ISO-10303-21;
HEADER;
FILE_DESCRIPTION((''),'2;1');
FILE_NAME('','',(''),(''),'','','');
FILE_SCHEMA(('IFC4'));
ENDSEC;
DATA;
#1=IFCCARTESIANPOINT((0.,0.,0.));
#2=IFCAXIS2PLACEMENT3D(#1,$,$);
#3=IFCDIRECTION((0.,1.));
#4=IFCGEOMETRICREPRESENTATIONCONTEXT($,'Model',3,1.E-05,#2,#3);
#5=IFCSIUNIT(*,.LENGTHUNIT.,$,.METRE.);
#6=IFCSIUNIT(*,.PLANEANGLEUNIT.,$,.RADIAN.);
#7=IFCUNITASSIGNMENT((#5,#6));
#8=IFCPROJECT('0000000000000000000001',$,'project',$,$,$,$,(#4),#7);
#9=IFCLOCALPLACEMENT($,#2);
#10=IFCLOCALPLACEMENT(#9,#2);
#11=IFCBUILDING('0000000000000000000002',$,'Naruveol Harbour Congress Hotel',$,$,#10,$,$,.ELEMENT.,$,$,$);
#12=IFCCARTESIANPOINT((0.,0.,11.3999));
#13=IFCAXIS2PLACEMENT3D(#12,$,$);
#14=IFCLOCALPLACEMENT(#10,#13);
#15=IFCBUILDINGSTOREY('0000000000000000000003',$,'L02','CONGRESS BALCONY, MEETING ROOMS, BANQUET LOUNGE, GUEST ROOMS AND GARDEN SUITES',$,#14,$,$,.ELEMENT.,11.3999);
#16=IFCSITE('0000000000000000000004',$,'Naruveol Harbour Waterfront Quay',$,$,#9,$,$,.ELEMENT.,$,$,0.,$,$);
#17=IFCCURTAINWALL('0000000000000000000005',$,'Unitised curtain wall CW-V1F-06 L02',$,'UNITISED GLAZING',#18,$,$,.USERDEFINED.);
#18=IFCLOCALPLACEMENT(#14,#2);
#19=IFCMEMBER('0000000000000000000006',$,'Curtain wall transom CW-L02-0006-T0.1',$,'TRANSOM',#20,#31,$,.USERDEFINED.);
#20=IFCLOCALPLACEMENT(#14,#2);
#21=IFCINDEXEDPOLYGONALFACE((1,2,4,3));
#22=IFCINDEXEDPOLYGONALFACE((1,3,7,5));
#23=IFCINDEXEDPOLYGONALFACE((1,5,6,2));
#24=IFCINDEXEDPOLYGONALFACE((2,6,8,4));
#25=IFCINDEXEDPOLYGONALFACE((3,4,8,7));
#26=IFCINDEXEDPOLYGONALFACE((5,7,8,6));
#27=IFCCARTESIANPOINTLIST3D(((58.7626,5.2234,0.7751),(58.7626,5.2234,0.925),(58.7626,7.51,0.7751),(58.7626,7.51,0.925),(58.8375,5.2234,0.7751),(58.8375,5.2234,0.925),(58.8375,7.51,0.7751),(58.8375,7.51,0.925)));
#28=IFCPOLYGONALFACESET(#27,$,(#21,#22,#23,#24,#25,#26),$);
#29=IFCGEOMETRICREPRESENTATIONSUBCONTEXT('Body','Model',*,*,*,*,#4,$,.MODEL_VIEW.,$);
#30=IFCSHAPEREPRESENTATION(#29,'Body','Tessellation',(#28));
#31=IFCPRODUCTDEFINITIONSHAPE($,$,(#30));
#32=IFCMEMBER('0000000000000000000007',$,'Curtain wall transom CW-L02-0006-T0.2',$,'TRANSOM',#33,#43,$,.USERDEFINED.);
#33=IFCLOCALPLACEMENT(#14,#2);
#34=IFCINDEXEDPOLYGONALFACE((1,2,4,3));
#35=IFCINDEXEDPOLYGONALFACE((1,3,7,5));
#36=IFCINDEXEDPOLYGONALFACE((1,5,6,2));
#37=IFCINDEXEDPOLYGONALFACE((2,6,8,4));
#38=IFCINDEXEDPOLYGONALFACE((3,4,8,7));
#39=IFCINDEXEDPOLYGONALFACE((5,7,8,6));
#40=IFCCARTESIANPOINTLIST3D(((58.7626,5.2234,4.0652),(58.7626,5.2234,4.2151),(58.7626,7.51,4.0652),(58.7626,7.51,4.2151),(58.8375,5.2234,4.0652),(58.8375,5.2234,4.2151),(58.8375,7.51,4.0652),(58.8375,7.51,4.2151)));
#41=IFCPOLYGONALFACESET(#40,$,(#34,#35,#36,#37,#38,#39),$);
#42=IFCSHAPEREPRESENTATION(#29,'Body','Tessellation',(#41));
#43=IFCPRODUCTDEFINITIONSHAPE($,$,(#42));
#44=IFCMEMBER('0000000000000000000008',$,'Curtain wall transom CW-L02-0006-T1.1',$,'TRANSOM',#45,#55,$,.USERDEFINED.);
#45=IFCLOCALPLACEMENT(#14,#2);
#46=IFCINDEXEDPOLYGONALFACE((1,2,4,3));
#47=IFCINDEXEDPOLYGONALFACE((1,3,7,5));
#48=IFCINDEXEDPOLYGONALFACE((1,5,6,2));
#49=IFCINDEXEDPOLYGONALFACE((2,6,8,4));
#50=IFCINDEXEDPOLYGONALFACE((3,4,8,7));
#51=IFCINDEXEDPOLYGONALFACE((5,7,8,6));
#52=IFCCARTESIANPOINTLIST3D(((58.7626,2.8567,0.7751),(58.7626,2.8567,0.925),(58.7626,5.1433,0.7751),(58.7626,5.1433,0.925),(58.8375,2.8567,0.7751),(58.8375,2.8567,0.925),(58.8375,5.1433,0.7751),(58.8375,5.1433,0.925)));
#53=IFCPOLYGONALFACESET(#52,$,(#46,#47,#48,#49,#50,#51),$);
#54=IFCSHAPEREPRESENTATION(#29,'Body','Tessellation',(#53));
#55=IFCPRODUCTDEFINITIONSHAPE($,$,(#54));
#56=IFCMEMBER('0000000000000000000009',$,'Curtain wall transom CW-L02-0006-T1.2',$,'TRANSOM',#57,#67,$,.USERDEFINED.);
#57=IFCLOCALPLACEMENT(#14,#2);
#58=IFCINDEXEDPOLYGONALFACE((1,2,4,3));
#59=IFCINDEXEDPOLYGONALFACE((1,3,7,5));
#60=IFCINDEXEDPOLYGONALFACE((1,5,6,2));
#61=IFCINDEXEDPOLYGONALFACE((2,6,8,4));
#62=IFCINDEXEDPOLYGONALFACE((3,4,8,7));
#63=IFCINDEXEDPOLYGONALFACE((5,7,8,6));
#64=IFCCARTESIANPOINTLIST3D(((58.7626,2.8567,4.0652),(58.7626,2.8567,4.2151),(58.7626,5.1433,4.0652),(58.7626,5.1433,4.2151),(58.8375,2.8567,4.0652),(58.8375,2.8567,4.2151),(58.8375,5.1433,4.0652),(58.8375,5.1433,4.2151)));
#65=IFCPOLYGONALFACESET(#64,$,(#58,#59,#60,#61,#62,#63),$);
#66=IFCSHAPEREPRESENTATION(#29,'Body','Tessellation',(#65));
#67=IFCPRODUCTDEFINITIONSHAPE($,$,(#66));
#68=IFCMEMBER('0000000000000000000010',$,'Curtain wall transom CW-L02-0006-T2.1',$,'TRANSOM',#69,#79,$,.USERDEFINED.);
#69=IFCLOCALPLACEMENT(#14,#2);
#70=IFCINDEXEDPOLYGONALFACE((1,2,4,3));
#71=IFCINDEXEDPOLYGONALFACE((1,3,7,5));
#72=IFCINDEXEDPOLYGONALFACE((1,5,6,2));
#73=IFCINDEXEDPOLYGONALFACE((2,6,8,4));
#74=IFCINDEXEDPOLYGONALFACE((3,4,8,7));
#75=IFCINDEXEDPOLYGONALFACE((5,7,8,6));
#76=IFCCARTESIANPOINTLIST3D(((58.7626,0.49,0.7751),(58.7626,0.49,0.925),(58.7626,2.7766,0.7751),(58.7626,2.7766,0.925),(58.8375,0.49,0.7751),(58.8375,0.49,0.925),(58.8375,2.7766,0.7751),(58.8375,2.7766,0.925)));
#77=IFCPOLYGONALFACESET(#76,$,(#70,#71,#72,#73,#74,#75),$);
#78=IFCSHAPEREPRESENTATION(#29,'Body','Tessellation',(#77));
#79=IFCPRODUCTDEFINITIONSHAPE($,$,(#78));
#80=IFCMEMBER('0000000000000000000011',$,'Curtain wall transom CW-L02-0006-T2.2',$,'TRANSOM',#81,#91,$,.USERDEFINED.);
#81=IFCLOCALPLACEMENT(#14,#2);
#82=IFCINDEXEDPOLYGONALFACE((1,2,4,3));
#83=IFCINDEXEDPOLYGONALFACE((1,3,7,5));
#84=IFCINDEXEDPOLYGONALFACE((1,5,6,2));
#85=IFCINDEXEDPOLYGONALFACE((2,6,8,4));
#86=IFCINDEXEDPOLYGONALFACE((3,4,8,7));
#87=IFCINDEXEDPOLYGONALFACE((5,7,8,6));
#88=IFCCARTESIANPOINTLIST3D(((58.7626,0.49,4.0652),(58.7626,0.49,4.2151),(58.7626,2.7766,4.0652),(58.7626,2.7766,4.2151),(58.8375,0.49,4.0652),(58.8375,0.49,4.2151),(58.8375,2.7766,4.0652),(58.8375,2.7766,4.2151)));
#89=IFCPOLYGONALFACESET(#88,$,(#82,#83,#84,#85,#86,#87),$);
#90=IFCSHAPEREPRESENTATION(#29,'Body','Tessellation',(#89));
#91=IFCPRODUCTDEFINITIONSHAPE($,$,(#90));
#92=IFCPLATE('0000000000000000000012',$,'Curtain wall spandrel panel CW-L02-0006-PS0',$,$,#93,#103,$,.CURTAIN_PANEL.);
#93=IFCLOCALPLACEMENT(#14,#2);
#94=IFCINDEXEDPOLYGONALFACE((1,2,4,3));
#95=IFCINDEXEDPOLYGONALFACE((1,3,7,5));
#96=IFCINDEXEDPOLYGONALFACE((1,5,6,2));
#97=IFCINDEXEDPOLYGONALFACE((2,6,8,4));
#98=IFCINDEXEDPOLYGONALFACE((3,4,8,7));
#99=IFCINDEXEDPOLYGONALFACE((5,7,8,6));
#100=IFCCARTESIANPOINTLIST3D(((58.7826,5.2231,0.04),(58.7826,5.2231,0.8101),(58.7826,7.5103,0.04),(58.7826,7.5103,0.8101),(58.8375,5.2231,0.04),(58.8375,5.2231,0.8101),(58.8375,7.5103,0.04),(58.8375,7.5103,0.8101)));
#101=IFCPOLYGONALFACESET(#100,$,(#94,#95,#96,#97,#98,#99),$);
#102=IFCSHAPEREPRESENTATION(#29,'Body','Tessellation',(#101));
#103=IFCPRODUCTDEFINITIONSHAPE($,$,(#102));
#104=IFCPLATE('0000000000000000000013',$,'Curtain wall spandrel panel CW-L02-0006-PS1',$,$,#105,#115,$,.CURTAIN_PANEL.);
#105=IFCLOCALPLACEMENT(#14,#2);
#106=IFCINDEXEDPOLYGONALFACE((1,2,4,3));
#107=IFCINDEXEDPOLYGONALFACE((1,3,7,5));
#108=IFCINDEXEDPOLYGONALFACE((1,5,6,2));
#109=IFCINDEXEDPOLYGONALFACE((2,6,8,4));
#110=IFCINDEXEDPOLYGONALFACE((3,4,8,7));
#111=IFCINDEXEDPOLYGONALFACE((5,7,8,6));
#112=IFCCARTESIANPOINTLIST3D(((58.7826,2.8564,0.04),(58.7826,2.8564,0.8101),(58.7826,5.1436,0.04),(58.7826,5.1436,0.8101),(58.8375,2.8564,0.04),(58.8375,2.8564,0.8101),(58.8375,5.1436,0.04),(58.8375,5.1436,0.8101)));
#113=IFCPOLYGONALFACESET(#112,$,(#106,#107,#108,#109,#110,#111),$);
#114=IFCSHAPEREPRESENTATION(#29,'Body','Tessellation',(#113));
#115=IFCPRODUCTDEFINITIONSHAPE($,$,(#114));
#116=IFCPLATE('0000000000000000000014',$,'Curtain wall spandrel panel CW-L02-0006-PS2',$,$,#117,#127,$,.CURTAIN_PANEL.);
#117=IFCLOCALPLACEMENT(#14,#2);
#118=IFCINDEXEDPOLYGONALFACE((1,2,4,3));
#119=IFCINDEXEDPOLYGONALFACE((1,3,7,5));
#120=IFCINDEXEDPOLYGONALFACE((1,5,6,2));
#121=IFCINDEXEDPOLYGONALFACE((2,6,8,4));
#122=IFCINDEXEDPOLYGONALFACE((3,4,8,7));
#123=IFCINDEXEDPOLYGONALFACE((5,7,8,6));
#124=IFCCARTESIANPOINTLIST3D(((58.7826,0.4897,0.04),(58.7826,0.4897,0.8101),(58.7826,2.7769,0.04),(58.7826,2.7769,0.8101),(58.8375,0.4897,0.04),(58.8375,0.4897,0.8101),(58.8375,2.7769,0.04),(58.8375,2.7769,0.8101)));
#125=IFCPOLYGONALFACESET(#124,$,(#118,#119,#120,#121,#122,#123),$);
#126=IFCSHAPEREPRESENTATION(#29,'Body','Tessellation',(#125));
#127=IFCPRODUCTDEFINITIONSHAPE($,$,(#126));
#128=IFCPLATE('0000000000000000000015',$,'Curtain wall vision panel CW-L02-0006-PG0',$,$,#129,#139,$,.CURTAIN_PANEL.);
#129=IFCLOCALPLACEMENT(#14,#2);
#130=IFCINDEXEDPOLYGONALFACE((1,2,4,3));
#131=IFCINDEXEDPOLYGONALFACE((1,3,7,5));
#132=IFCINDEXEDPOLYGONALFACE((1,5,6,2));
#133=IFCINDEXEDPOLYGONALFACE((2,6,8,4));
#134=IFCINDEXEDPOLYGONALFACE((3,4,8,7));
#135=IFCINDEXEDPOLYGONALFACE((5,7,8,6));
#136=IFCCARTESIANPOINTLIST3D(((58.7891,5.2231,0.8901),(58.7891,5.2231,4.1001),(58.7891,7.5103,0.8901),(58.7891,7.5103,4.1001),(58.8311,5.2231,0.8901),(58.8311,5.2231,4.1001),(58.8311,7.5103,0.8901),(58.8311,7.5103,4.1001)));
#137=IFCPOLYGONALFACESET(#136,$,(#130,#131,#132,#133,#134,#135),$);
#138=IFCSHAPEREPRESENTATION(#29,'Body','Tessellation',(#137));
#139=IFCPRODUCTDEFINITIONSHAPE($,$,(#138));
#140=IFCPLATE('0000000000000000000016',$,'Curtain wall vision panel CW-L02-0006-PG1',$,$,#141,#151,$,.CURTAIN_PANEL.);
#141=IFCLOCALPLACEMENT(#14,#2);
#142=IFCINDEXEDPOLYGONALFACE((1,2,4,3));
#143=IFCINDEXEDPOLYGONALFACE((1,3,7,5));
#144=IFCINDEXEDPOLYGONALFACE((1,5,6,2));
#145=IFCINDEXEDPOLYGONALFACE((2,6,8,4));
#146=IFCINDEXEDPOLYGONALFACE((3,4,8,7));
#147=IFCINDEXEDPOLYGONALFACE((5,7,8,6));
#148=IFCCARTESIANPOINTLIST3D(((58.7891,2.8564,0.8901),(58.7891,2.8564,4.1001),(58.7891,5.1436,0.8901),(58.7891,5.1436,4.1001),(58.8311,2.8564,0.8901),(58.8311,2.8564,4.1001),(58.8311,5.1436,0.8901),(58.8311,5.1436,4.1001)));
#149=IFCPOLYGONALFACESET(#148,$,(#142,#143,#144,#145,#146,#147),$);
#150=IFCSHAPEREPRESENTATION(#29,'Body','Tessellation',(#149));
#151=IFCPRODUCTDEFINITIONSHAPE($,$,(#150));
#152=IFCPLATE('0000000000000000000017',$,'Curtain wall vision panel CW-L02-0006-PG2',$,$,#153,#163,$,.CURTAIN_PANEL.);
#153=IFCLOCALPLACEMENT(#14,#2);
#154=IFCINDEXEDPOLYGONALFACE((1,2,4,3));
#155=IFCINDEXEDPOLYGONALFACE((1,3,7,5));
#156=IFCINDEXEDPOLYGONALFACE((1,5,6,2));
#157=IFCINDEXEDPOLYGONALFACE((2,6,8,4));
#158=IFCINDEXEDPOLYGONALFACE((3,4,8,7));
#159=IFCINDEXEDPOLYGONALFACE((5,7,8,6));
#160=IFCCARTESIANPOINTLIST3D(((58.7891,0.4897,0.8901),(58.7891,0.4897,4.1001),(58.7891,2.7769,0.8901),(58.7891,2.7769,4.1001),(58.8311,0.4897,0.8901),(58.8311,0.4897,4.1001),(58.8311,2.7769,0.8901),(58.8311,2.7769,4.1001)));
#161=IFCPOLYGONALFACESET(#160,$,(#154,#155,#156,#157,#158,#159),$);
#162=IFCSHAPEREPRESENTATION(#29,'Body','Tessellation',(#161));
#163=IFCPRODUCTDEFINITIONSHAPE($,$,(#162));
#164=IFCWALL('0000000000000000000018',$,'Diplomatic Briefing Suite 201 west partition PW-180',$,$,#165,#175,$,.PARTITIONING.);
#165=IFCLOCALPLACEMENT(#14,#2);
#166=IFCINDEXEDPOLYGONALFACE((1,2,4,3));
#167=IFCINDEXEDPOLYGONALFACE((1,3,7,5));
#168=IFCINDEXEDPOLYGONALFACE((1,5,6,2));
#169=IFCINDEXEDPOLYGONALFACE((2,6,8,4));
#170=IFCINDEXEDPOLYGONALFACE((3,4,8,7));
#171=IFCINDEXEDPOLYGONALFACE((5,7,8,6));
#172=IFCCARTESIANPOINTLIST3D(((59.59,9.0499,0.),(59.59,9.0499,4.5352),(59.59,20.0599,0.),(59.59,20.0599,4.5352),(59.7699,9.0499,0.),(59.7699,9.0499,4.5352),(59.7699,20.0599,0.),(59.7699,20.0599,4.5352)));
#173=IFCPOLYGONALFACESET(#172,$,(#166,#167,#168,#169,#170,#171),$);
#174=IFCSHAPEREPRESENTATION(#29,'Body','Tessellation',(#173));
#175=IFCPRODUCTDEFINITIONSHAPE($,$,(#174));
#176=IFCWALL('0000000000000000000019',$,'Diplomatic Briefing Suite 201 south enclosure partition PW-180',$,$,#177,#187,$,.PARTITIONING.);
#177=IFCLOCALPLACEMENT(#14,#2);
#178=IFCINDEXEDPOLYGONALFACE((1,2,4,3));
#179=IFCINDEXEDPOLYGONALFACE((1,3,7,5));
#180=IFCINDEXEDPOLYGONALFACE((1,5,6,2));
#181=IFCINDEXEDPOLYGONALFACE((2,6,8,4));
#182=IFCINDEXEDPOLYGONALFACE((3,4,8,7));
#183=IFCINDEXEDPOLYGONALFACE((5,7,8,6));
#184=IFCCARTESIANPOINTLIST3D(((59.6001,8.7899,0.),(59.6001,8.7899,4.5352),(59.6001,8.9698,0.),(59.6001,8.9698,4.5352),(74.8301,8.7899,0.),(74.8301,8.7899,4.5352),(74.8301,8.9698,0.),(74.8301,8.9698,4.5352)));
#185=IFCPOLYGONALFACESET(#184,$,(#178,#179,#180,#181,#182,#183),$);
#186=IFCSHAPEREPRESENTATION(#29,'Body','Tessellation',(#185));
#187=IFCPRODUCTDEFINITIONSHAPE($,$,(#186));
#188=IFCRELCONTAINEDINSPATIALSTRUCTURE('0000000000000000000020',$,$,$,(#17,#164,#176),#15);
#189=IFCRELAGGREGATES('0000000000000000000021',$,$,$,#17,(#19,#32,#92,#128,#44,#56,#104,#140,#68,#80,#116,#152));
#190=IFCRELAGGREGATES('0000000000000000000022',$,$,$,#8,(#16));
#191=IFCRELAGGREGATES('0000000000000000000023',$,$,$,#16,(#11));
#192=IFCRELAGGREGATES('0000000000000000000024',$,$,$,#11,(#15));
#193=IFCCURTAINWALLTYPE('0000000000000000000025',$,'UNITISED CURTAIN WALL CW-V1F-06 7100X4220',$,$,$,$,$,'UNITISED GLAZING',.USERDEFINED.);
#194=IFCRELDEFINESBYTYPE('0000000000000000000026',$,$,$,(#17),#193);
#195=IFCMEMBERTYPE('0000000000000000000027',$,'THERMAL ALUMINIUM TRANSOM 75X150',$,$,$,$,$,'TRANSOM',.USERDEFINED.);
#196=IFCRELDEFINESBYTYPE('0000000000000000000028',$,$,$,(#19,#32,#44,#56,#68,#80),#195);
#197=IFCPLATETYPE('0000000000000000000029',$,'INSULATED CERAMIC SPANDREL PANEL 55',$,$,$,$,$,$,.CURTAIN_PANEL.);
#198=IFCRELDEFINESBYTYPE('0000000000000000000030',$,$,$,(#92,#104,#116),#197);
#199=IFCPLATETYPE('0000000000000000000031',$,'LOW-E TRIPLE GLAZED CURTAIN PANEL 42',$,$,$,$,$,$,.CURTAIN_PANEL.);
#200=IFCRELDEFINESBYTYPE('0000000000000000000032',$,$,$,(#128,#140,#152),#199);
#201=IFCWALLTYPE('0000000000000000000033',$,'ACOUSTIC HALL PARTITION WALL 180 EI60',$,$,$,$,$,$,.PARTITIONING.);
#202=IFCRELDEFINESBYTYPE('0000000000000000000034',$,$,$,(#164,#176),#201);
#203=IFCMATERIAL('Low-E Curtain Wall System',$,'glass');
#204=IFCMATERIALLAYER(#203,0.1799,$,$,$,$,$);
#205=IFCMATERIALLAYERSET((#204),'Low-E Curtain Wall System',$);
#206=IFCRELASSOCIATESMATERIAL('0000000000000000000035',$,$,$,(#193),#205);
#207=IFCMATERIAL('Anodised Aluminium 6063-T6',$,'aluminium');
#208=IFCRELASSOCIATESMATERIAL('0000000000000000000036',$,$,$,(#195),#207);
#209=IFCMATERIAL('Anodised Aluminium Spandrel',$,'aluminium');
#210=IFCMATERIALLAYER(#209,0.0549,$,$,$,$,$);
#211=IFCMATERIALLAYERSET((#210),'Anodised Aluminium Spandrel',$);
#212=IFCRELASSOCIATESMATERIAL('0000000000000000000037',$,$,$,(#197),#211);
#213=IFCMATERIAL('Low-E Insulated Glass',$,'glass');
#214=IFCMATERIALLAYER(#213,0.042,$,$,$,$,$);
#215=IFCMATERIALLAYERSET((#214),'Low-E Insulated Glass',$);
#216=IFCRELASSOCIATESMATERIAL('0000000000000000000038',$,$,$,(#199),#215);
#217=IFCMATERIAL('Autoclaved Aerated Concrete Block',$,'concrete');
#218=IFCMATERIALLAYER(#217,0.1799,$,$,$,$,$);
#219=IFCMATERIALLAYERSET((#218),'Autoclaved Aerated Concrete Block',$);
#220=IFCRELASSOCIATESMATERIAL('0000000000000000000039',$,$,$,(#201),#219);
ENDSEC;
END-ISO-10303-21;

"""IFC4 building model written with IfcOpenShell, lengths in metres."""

from ifc_helpers import new_model, si_unit, direction, frame, frame_2d, origin, origin_2d, place, context, subcontext, project, spatial, rectangle, extrude, material, layer, layer_set, material_profile, profile_set, type_object, element, aggregate, save


model = new_model("IFC4")

# Units and contexts
model_context = context("Model", 3, precision=1e-05, world=origin(), true_north=direction((0.0, 1.0)))
body_context = subcontext(model_context, "Body", "Model", "MODEL_VIEW")
ifc_project = project(units=[si_unit("LENGTHUNIT", "METRE"), si_unit("PLANEANGLEUNIT", "RADIAN")], contexts=[model_context])

# Site, building, storey
site_placement = place(None, origin())
site = spatial("IfcSite", under=ifc_project, at=site_placement, Name="Naruveol Harbour Waterfront Quay", CompositionType="ELEMENT", RefElevation=0.0)
building_placement = place(site_placement, origin())
building = spatial("IfcBuilding", under=site, at=building_placement, Name="Naruveol Harbour Congress Hotel", CompositionType="ELEMENT")
storey_placement = place(building_placement, frame((0.0, 0.0, 11.3999)))
storey = spatial("IfcBuildingStorey", under=building, at=storey_placement, Name="L02", Description="CONGRESS BALCONY, MEETING ROOMS, BANQUET LOUNGE, GUEST ROOMS AND GARDEN SUITES", CompositionType="ELEMENT", Elevation=11.3999)

# Curtain wall, members, plates
ifc_material_1 = material(Name="Low-E Curtain Wall System", Category="glass")
ifc_layer_1 = layer(ifc_material_1, 0.1799)
ifc_layer_set_1 = layer_set([ifc_layer_1], Name="Low-E Curtain Wall System")
curtain_wall_type = type_object("IfcCurtainWallType", Name="UNITISED CURTAIN WALL CW-V1F-06 7100X4220", ElementType="UNITISED GLAZING", PredefinedType="USERDEFINED", material=ifc_layer_set_1)
curtain_wall_placement = place(storey_placement, origin())
curtain_wall = element("IfcCurtainWall", 1, at=curtain_wall_placement, inside=storey, type_object=curtain_wall_type, Name="Unitised curtain wall CW-V1F-06 L02", ObjectType="UNITISED GLAZING", PredefinedType="USERDEFINED")
ifc_material_2 = material(Name="Anodised Aluminium 6063-T6", Category="aluminium")
ifc_material_profile_1 = material_profile(ifc_material_2, rectangle(XDim=0.075, YDim=0.1499, at=origin_2d()), Name="ALU-75x150")
ifc_profile_set_1 = profile_set([ifc_material_profile_1], Name="Anodised Aluminium 6063-T6")
member_type_1 = type_object("IfcMemberType", Name="THERMAL ALUMINIUM TRANSOM 75X150", ElementType="TRANSOM", PredefinedType="USERDEFINED", material=ifc_profile_set_1)
member_1_placement = place(storey_placement, frame((58.8, 7.51, 0.8501), z_axis=(0.0, -1.0, 0.0), x_axis=(1.0, 0.0, 0.0)))
member_1 = element("IfcMember", 2, at=member_1_placement, type_object=member_type_1, Name="Curtain wall transom CW-L02-0006-T0.1", ObjectType="TRANSOM", PredefinedType="USERDEFINED", context=body_context, shape_type="SweptSolid", body=[
    extrude(rectangle(XDim=0.075, YDim=0.1499, at=origin_2d()), origin(), (0.0, 0.0, 1.0), 2.2866),
])
member_2_placement = place(storey_placement, frame((58.8, 7.51, 4.1401), z_axis=(0.0, -1.0, 0.0), x_axis=(1.0, 0.0, 0.0)))
member_2 = element("IfcMember", 3, at=member_2_placement, type_object=member_type_1, Name="Curtain wall transom CW-L02-0006-T0.2", ObjectType="TRANSOM", PredefinedType="USERDEFINED", context=body_context, shape_type="SweptSolid", body=[
    extrude(rectangle(XDim=0.075, YDim=0.1499, at=origin_2d()), origin(), (0.0, 0.0, 1.0), 2.2866),
])
member_3_placement = place(storey_placement, frame((58.8, 5.1433, 0.8501), z_axis=(0.0, -1.0, 0.0), x_axis=(1.0, 0.0, 0.0)))
member_3 = element("IfcMember", 4, at=member_3_placement, type_object=member_type_1, Name="Curtain wall transom CW-L02-0006-T1.1", ObjectType="TRANSOM", PredefinedType="USERDEFINED", context=body_context, shape_type="SweptSolid", body=[
    extrude(rectangle(XDim=0.075, YDim=0.1499, at=origin_2d()), origin(), (0.0, 0.0, 1.0), 2.2866),
])
member_4_placement = place(storey_placement, frame((58.8, 5.1433, 4.1401), z_axis=(0.0, -1.0, 0.0), x_axis=(1.0, 0.0, 0.0)))
member_4 = element("IfcMember", 5, at=member_4_placement, type_object=member_type_1, Name="Curtain wall transom CW-L02-0006-T1.2", ObjectType="TRANSOM", PredefinedType="USERDEFINED", context=body_context, shape_type="SweptSolid", body=[
    extrude(rectangle(XDim=0.075, YDim=0.1499, at=origin_2d()), origin(), (0.0, 0.0, 1.0), 2.2866),
])
member_5_placement = place(storey_placement, frame((58.8, 2.7766, 0.8501), z_axis=(0.0, -1.0, 0.0), x_axis=(1.0, 0.0, 0.0)))
member_5 = element("IfcMember", 6, at=member_5_placement, type_object=member_type_1, Name="Curtain wall transom CW-L02-0006-T2.1", ObjectType="TRANSOM", PredefinedType="USERDEFINED", context=body_context, shape_type="SweptSolid", body=[
    extrude(rectangle(XDim=0.075, YDim=0.1499, at=origin_2d()), origin(), (0.0, 0.0, 1.0), 2.2866),
])
member_6_placement = place(storey_placement, frame((58.8, 2.7766, 4.1401), z_axis=(0.0, -1.0, 0.0), x_axis=(1.0, 0.0, 0.0)))
member_6 = element("IfcMember", 7, at=member_6_placement, type_object=member_type_1, Name="Curtain wall transom CW-L02-0006-T2.2", ObjectType="TRANSOM", PredefinedType="USERDEFINED", context=body_context, shape_type="SweptSolid", body=[
    extrude(rectangle(XDim=0.075, YDim=0.1499, at=origin_2d()), origin(), (0.0, 0.0, 1.0), 2.2866),
])
ifc_material_3 = material(Name="Anodised Aluminium Spandrel", Category="aluminium")
ifc_layer_2 = layer(ifc_material_3, 0.0549)
ifc_layer_set_2 = layer_set([ifc_layer_2], Name="Anodised Aluminium Spandrel")
plate_type_1 = type_object("IfcPlateType", Name="INSULATED CERAMIC SPANDREL PANEL 55", PredefinedType="CURTAIN_PANEL", material=ifc_layer_set_2)
plate_1_placement = place(storey_placement, frame((58.8101, 6.3667, 0.04), z_axis=(0.0, 0.0, 1.0), x_axis=(0.0, -1.0, 0.0)))
plate_1 = element("IfcPlate", 8, at=plate_1_placement, type_object=plate_type_1, Name="Curtain wall spandrel panel CW-L02-0006-PS0", PredefinedType="CURTAIN_PANEL", context=body_context, shape_type="SweptSolid", body=[
    extrude(rectangle(XDim=2.2871, YDim=0.0549, at=origin_2d()), origin(), (0.0, 0.0, 1.0), 0.77),
])
plate_2_placement = place(storey_placement, frame((58.8101, 4.0, 0.04), z_axis=(0.0, 0.0, 1.0), x_axis=(0.0, -1.0, 0.0)))
plate_2 = element("IfcPlate", 9, at=plate_2_placement, type_object=plate_type_1, Name="Curtain wall spandrel panel CW-L02-0006-PS1", PredefinedType="CURTAIN_PANEL", context=body_context, shape_type="SweptSolid", body=[
    extrude(rectangle(XDim=2.2871, YDim=0.0549, at=origin_2d()), origin(), (0.0, 0.0, 1.0), 0.77),
])
plate_3_placement = place(storey_placement, frame((58.8101, 1.6333, 0.04), z_axis=(0.0, 0.0, 1.0), x_axis=(0.0, -1.0, 0.0)))
plate_3 = element("IfcPlate", 10, at=plate_3_placement, type_object=plate_type_1, Name="Curtain wall spandrel panel CW-L02-0006-PS2", PredefinedType="CURTAIN_PANEL", context=body_context, shape_type="SweptSolid", body=[
    extrude(rectangle(XDim=2.2871, YDim=0.0549, at=origin_2d()), origin(), (0.0, 0.0, 1.0), 0.77),
])
ifc_material_4 = material(Name="Low-E Insulated Glass", Category="glass")
ifc_layer_3 = layer(ifc_material_4, 0.042)
ifc_layer_set_3 = layer_set([ifc_layer_3], Name="Low-E Insulated Glass")
plate_type_2 = type_object("IfcPlateType", Name="LOW-E TRIPLE GLAZED CURTAIN PANEL 42", PredefinedType="CURTAIN_PANEL", material=ifc_layer_set_3)
plate_4_placement = place(storey_placement, frame((58.8101, 6.3667, 0.8901), z_axis=(0.0, 0.0, 1.0), x_axis=(0.0, -1.0, 0.0)))
plate_4 = element("IfcPlate", 11, at=plate_4_placement, type_object=plate_type_2, Name="Curtain wall vision panel CW-L02-0006-PG0", PredefinedType="CURTAIN_PANEL", context=body_context, shape_type="SweptSolid", body=[
    extrude(rectangle(XDim=2.2871, YDim=0.042, at=origin_2d()), origin(), (0.0, 0.0, 1.0), 3.21),
])
plate_5_placement = place(storey_placement, frame((58.8101, 4.0, 0.8901), z_axis=(0.0, 0.0, 1.0), x_axis=(0.0, -1.0, 0.0)))
plate_5 = element("IfcPlate", 12, at=plate_5_placement, type_object=plate_type_2, Name="Curtain wall vision panel CW-L02-0006-PG1", PredefinedType="CURTAIN_PANEL", context=body_context, shape_type="SweptSolid", body=[
    extrude(rectangle(XDim=2.2871, YDim=0.042, at=origin_2d()), origin(), (0.0, 0.0, 1.0), 3.21),
])
plate_6_placement = place(storey_placement, frame((58.8101, 1.6333, 0.8901), z_axis=(0.0, 0.0, 1.0), x_axis=(0.0, -1.0, 0.0)))
plate_6 = element("IfcPlate", 13, at=plate_6_placement, type_object=plate_type_2, Name="Curtain wall vision panel CW-L02-0006-PG2", PredefinedType="CURTAIN_PANEL", context=body_context, shape_type="SweptSolid", body=[
    extrude(rectangle(XDim=2.2871, YDim=0.042, at=origin_2d()), origin(), (0.0, 0.0, 1.0), 3.21),
])
aggregate(curtain_wall, [member_1, member_2, plate_1, plate_4, member_3, member_4, plate_2, plate_5, member_5, member_6, plate_3, plate_6])

# Walls
ifc_material_5 = material(Name="Autoclaved Aerated Concrete Block", Category="concrete")
ifc_layer_4 = layer(ifc_material_5, 0.1799)
ifc_layer_set_4 = layer_set([ifc_layer_4], Name="Autoclaved Aerated Concrete Block")
wall_type_1 = type_object("IfcWallType", Name="ACOUSTIC HALL PARTITION WALL 180 EI60", PredefinedType="PARTITIONING", material=ifc_layer_set_4)
wall_1_placement = place(storey_placement, frame((59.6799, 9.05, 0.0), z_axis=(0.0, 0.0, 1.0), x_axis=(0.0, 1.0, 0.0)))
element("IfcWall", 14, at=wall_1_placement, inside=storey, type_object=wall_type_1, Name="Diplomatic Briefing Suite 201 west partition PW-180", PredefinedType="PARTITIONING", context=body_context, shape_type="SweptSolid", body=[
    extrude(rectangle(XDim=11.01, YDim=0.1799, at=frame_2d((5.5049, 0.0))), origin(), (0.0, 0.0, 1.0), 4.5352),
])
wall_2_placement = place(storey_placement, frame((59.6001, 8.8799, 0.0), z_axis=(0.0, 0.0, 1.0), x_axis=(1.0, 0.0, 0.0)))
element("IfcWall", 15, at=wall_2_placement, inside=storey, type_object=wall_type_1, Name="Diplomatic Briefing Suite 201 south enclosure partition PW-180", PredefinedType="PARTITIONING", context=body_context, shape_type="SweptSolid", body=[
    extrude(rectangle(XDim=15.23, YDim=0.1799, at=frame_2d((7.615, 0.0))), origin(), (0.0, 0.0, 1.0), 4.5352),
])

save(model, "model.ifc")
